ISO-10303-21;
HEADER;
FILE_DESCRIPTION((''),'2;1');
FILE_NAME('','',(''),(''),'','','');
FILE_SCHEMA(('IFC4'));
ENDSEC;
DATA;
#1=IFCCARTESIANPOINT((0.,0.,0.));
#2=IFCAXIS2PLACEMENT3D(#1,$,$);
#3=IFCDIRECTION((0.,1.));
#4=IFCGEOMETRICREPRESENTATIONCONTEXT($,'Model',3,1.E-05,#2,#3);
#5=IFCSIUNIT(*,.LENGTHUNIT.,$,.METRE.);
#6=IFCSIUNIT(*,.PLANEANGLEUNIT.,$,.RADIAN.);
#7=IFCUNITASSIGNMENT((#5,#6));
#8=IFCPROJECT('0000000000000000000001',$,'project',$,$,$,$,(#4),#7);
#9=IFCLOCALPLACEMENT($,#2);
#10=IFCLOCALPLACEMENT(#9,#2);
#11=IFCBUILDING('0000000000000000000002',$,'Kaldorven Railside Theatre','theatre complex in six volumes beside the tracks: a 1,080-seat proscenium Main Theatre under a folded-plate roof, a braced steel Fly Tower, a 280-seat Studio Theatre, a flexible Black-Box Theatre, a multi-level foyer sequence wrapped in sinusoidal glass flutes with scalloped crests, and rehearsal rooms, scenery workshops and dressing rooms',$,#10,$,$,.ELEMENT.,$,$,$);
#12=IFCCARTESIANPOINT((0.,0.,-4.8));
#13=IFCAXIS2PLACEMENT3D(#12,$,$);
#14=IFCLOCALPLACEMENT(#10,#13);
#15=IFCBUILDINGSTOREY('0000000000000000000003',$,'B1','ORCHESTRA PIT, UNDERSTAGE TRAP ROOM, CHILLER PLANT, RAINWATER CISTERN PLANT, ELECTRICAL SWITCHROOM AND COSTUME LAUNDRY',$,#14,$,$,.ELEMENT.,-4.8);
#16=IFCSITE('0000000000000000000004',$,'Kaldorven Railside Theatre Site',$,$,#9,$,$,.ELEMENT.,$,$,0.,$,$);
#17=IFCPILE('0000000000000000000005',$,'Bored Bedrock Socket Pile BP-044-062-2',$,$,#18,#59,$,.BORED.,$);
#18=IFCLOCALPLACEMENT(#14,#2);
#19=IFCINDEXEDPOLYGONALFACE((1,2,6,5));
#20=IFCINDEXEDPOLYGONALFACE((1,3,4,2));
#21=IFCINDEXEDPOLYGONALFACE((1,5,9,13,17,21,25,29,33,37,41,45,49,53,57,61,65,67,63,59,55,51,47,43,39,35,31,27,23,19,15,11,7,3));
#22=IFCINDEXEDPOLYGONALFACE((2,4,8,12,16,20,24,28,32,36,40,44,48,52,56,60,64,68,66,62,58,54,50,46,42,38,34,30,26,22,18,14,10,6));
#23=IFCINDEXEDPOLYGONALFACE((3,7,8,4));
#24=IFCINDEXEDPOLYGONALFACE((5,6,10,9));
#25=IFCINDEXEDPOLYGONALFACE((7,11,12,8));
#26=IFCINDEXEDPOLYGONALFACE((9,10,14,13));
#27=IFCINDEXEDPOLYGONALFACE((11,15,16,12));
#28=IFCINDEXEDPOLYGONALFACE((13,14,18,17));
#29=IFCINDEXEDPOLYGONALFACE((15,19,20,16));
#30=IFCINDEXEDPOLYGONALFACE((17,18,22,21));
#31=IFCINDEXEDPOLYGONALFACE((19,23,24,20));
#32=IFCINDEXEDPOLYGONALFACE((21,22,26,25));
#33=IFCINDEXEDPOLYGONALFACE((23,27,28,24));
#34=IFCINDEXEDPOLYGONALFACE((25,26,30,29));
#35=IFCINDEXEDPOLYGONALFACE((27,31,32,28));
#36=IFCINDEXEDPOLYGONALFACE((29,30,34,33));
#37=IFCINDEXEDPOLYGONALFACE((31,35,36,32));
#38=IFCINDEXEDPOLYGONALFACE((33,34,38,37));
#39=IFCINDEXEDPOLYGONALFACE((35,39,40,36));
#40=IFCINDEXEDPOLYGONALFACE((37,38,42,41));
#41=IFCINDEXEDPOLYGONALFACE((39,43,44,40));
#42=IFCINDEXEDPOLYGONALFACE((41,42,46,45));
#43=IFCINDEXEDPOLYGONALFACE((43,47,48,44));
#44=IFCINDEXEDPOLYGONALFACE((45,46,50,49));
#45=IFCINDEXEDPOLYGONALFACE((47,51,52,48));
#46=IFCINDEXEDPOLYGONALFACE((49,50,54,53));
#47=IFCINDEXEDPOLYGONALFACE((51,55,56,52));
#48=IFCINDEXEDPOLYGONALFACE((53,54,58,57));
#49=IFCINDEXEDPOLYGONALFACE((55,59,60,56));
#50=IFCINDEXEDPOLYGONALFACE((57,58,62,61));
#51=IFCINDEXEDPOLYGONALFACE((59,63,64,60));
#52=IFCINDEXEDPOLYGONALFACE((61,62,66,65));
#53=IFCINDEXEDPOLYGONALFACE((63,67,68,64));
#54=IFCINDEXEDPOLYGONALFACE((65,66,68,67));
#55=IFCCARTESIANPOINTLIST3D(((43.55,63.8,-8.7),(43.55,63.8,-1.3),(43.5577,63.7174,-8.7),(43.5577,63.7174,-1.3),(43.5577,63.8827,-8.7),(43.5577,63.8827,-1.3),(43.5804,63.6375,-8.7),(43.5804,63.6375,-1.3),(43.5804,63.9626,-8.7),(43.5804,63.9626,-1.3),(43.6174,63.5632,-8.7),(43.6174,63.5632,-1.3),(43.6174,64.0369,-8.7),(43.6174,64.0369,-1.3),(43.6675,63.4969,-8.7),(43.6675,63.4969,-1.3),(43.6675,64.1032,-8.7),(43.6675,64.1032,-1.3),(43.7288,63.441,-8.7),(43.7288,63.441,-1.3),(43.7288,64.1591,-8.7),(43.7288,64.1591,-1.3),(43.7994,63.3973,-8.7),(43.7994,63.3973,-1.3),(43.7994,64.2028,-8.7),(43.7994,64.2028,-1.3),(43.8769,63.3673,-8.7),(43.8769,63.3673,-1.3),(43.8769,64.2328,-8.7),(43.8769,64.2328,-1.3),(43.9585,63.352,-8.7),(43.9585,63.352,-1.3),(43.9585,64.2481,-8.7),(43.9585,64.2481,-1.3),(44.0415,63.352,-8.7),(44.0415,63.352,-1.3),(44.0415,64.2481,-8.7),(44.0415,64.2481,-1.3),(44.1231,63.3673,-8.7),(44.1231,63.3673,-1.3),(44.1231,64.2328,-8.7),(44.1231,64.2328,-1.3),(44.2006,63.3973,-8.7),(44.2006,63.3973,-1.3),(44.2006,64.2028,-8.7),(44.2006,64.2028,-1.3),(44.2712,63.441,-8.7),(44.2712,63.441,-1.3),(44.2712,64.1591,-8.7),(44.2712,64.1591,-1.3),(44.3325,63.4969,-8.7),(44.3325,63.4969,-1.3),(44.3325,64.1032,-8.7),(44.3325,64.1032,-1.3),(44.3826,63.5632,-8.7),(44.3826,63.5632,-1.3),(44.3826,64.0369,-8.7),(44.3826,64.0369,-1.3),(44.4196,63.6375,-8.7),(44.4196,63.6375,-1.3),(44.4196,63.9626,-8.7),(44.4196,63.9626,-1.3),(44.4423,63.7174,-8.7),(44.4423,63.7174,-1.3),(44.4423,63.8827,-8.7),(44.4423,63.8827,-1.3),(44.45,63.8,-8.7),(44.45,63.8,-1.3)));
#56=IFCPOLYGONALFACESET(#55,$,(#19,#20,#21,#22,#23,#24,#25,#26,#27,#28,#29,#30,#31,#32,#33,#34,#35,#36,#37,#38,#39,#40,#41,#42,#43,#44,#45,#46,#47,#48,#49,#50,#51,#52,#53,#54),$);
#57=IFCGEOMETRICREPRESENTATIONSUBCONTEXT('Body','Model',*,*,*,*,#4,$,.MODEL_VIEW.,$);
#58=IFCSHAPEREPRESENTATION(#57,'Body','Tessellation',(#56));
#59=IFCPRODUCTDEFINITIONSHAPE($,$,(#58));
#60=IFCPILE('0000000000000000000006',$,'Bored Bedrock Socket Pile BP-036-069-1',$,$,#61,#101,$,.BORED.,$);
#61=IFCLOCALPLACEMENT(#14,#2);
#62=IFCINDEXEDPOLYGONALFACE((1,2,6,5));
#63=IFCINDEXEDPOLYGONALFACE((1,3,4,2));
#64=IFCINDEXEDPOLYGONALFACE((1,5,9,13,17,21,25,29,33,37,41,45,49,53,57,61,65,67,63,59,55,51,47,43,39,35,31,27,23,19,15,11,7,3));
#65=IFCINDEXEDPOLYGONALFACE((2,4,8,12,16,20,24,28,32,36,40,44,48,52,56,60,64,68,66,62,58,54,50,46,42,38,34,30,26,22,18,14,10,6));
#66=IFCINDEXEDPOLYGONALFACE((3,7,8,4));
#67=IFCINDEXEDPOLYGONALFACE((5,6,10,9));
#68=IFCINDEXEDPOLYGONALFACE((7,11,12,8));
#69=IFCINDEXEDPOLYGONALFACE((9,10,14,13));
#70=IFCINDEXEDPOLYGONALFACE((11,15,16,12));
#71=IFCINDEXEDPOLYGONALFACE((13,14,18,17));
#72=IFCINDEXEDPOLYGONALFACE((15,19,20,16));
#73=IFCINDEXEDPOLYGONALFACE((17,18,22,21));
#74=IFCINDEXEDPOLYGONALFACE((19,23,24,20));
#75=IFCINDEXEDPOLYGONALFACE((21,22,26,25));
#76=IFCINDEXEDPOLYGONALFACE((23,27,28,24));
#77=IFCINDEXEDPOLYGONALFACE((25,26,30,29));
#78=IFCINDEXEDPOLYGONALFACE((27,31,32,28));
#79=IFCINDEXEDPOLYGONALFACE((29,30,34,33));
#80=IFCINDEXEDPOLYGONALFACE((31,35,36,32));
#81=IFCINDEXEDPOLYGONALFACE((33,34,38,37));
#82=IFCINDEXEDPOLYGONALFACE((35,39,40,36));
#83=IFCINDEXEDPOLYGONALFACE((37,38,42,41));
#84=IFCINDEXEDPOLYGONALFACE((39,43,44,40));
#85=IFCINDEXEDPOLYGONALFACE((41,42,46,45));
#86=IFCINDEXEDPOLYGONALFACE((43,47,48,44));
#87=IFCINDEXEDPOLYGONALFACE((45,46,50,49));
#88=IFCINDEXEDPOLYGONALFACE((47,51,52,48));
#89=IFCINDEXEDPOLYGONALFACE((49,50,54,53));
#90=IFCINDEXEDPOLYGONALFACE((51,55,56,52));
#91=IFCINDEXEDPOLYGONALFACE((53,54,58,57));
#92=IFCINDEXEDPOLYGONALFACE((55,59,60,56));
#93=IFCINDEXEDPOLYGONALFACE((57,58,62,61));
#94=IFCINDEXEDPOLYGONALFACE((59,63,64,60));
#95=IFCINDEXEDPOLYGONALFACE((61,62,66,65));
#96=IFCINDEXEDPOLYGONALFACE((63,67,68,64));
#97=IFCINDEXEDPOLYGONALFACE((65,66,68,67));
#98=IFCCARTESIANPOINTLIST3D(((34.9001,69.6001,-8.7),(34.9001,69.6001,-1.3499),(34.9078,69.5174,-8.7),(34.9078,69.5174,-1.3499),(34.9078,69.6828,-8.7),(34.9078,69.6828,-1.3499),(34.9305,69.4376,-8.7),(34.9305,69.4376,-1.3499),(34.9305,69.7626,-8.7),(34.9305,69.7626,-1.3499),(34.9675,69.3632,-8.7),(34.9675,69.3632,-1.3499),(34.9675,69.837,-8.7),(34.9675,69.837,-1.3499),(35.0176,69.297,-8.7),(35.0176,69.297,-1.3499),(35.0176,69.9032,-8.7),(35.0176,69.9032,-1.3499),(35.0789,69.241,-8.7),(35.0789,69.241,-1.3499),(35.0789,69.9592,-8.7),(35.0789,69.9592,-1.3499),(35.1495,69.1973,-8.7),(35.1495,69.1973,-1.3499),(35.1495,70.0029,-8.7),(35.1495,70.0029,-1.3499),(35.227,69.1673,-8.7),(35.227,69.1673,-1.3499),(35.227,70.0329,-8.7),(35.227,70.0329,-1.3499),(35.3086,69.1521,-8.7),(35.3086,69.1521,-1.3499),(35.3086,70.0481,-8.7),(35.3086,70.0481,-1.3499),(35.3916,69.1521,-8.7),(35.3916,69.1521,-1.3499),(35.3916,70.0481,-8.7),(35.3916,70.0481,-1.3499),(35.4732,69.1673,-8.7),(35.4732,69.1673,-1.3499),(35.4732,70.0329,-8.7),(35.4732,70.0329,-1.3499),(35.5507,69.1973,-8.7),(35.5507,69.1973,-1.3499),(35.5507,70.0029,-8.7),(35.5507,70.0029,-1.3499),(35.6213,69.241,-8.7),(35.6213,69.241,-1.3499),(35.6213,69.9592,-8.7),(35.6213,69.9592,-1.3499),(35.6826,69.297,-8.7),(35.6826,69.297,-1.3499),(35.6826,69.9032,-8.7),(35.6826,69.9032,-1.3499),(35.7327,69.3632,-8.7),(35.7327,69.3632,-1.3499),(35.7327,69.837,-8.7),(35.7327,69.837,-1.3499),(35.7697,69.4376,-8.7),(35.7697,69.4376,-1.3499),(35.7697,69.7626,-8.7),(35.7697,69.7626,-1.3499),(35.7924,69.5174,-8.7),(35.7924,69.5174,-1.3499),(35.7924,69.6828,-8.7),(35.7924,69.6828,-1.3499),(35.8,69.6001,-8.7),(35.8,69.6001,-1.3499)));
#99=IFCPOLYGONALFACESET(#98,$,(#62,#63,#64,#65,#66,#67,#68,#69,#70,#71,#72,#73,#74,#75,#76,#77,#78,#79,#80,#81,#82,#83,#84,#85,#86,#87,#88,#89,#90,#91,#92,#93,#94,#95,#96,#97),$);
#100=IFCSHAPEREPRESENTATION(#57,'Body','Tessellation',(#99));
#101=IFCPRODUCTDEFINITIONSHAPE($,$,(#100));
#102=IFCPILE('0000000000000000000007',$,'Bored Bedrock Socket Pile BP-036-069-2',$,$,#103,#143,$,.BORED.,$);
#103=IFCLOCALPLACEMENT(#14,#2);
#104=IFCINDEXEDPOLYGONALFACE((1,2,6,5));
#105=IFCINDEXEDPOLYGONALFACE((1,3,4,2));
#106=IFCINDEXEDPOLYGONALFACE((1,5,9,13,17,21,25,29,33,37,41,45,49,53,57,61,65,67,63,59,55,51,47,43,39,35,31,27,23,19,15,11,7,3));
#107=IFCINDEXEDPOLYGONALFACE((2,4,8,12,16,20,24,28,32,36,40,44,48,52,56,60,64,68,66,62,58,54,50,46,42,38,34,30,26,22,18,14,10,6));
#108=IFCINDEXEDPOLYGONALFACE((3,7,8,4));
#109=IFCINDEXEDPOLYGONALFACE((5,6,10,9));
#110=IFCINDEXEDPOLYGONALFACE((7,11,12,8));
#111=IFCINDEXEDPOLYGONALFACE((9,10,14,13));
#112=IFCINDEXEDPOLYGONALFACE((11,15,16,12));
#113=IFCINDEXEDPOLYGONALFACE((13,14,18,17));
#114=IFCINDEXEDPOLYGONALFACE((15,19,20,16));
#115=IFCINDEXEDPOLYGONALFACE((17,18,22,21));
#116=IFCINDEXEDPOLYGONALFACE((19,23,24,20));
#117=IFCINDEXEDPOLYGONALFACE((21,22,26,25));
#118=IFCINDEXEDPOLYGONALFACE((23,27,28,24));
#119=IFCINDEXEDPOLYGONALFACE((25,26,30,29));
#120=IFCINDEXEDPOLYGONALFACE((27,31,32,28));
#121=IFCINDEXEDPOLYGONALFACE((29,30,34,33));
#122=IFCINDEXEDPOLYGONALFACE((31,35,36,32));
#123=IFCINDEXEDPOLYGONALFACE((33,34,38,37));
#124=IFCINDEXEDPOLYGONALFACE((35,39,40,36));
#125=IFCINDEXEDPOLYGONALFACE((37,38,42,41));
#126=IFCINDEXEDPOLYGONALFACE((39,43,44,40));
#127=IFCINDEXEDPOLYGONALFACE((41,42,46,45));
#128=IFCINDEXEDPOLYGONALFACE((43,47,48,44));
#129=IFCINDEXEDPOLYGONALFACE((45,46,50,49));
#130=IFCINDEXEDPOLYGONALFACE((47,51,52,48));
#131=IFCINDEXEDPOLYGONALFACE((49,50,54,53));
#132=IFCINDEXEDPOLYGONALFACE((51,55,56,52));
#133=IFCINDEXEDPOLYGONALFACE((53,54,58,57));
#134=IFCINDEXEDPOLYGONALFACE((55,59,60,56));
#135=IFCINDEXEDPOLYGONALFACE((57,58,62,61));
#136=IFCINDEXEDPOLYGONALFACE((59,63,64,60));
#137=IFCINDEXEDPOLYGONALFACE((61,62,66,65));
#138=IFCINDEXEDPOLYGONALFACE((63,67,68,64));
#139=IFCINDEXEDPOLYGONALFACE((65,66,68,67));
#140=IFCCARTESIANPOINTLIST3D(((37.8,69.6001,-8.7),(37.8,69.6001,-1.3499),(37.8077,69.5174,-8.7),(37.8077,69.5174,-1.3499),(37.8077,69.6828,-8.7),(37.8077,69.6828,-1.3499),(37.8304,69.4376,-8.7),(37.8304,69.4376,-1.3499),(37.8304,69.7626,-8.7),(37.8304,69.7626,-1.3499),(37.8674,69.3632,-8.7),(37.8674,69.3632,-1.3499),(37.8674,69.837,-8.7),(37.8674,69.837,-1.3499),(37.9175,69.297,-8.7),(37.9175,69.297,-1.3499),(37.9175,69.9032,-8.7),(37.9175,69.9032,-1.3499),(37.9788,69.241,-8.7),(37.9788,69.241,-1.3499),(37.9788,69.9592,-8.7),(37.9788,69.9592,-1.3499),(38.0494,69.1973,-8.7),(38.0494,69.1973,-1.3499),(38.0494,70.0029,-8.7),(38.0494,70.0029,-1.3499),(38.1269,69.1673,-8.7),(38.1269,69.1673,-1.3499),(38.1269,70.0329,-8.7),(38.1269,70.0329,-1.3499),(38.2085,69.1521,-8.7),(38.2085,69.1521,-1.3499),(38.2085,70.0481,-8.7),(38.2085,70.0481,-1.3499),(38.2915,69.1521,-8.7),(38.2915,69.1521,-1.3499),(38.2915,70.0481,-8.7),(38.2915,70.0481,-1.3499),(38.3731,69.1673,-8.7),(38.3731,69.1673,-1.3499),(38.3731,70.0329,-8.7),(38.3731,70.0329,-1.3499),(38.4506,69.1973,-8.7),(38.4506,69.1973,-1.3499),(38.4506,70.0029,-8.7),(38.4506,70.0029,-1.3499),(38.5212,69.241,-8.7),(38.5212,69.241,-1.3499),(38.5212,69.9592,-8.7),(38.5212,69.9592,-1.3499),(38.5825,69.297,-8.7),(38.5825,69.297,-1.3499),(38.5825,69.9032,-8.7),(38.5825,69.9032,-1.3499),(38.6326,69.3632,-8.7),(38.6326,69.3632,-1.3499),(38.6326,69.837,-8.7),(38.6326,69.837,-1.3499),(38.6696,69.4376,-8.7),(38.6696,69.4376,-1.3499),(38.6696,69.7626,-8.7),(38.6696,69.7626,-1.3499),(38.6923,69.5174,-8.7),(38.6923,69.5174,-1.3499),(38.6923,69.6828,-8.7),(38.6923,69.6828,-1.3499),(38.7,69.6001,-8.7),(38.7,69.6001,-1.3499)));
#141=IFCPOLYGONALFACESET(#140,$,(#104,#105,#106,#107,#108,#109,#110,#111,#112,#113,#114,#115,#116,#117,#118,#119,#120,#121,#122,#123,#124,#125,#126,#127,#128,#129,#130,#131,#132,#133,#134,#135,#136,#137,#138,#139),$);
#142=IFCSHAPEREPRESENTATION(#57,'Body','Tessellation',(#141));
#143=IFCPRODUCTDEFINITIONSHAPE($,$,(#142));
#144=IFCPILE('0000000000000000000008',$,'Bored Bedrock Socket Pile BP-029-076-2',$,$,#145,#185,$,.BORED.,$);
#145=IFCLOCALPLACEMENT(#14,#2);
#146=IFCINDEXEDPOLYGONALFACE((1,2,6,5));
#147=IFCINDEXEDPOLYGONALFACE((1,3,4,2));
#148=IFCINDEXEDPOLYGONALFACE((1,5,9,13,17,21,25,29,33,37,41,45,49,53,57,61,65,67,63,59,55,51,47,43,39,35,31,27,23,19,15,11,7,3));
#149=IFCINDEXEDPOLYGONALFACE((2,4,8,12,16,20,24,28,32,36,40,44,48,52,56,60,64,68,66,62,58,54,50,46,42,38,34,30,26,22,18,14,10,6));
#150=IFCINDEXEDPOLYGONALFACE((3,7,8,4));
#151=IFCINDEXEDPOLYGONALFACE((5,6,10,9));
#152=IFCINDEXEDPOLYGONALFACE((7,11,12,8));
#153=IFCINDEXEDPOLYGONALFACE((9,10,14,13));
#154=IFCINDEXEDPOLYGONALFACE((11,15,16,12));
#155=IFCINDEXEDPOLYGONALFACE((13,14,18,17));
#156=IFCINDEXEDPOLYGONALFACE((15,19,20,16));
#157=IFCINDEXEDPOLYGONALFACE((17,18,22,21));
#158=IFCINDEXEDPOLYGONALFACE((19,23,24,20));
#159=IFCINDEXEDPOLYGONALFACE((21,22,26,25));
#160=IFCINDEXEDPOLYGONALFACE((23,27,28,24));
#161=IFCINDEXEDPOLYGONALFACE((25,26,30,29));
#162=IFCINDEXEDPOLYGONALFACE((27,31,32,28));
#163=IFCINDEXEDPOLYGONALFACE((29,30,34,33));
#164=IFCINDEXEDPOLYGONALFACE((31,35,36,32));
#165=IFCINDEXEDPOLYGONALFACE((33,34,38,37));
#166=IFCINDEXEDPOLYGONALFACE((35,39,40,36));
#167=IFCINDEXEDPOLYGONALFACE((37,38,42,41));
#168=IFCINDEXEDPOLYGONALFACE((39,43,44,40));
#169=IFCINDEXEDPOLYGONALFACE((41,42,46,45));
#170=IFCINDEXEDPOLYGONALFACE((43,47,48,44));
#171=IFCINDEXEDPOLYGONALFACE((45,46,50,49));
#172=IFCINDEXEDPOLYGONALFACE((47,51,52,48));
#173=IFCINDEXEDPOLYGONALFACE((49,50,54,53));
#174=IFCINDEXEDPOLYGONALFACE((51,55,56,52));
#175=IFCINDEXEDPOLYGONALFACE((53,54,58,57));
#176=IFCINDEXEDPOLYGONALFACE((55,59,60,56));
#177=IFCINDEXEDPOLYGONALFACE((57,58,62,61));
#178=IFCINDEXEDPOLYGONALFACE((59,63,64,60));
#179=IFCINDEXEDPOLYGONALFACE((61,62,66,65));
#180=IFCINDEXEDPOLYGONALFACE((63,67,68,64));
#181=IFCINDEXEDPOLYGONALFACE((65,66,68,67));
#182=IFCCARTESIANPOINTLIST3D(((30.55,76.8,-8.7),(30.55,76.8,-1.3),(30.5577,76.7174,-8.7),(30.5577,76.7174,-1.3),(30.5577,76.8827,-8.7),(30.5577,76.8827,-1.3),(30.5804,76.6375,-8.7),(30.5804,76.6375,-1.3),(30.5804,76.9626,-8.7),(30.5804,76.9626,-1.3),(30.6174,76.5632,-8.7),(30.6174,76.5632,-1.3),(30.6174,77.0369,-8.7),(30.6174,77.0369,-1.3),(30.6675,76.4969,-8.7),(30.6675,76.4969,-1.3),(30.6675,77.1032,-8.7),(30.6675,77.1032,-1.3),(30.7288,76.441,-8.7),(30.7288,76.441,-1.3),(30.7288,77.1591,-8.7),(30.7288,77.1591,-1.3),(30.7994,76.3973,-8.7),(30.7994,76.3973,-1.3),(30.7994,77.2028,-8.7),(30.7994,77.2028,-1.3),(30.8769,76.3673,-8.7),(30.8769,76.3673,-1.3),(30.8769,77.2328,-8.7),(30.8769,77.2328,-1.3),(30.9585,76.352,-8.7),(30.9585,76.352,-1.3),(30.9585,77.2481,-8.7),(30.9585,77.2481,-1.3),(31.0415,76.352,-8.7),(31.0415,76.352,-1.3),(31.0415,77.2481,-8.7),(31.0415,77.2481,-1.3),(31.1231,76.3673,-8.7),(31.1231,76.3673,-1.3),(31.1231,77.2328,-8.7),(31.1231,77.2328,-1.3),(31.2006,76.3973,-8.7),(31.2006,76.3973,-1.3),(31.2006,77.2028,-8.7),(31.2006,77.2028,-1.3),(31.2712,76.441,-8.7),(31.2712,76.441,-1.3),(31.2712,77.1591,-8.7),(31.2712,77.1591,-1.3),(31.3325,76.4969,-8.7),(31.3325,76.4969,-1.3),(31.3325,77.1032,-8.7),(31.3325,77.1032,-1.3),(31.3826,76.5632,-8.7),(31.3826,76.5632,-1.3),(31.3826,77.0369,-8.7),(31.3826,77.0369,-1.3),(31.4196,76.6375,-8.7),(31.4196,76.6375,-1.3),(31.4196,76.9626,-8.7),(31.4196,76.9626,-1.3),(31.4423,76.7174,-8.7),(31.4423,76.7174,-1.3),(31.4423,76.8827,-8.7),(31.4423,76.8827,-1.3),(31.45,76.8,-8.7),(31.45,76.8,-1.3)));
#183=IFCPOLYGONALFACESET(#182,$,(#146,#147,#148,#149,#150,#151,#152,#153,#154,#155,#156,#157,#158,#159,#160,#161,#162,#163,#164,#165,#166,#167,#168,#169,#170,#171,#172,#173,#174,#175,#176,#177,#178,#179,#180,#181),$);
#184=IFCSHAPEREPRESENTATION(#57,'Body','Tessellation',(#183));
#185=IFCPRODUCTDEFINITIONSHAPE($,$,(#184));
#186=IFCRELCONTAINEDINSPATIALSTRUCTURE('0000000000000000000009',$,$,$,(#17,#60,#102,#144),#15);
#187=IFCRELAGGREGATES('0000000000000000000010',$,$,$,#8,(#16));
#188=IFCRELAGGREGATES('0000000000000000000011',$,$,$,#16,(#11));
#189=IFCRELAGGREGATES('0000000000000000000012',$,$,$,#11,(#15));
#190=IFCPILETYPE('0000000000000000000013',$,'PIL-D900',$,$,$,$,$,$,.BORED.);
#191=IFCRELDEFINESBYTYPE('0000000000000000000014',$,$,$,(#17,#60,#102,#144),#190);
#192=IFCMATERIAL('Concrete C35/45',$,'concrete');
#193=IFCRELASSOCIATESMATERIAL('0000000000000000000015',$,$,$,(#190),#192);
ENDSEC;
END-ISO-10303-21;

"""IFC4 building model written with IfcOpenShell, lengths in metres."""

from ifc_helpers import new_model, si_unit, direction, frame, origin, origin_2d, place, context, subcontext, project, spatial, circle, extrude, material, material_profile, profile_set, type_object, element, save


model = new_model("IFC4")

# Units and contexts
model_context = context("Model", 3, precision=1e-05, world=origin(), true_north=direction((0.0, 1.0)))
body_context = subcontext(model_context, "Body", "Model", "MODEL_VIEW")
ifc_project = project(units=[si_unit("LENGTHUNIT", "METRE"), si_unit("PLANEANGLEUNIT", "RADIAN")], contexts=[model_context])

# Site, building, storey
site_placement = place(None, origin())
site = spatial("IfcSite", under=ifc_project, at=site_placement, Name="Kaldorven Railside Theatre Site", CompositionType="ELEMENT", RefElevation=0.0)
building_placement = place(site_placement, origin())
building = spatial("IfcBuilding", under=site, at=building_placement, Name="Kaldorven Railside Theatre", Description="theatre complex in six volumes beside the tracks: a 1,080-seat proscenium Main Theatre under a folded-plate roof, a braced steel Fly Tower, a 280-seat Studio Theatre, a flexible Black-Box Theatre, a multi-level foyer sequence wrapped in sinusoidal glass flutes with scalloped crests, and rehearsal rooms, scenery workshops and dressing rooms", CompositionType="ELEMENT")
storey_placement = place(building_placement, frame((0.0, 0.0, -4.8)))
storey = spatial("IfcBuildingStorey", under=building, at=storey_placement, Name="B1", Description="ORCHESTRA PIT, UNDERSTAGE TRAP ROOM, CHILLER PLANT, RAINWATER CISTERN PLANT, ELECTRICAL SWITCHROOM AND COSTUME LAUNDRY", CompositionType="ELEMENT", Elevation=-4.8)

# Piles
ifc_material_1 = material(Name="Concrete C35/45", Category="concrete")
ifc_material_profile_1 = material_profile(ifc_material_1, circle(Radius=0.45, at=origin_2d()), Name="BP D900")
ifc_profile_set_1 = profile_set([ifc_material_profile_1], Name="Concrete C35/45")
pile_type_1 = type_object("IfcPileType", Name="PIL-D900", PredefinedType="BORED", material=ifc_profile_set_1)
for number, where, z_axis, x_axis, name in (
    (1, (44.0, 63.8, -1.3), (0.0, 0.0, -1.0), (1.0, 0.0, 0.0), "Bored Bedrock Socket Pile BP-044-062-2"),
):
    element("IfcPile", number, at=place(storey_placement, frame(where, z_axis=z_axis, x_axis=x_axis)), inside=storey, type_object=pile_type_1, Name=name, PredefinedType="BORED", context=body_context, shape_type="SweptSolid", body=[
        extrude(circle(Radius=0.45, at=origin_2d()), origin(), (0.0, 0.0, 1.0), 7.3999),
    ])
for number, where, z_axis, x_axis, name in (
    (2, (35.3501, 69.6001, -1.3499), (0.0, 0.0, -1.0), (1.0, 0.0, 0.0), "Bored Bedrock Socket Pile BP-036-069-1"),
    (3, (38.25, 69.6001, -1.3499), (0.0, 0.0, -1.0), (1.0, 0.0, 0.0), "Bored Bedrock Socket Pile BP-036-069-2"),
):
    element("IfcPile", number, at=place(storey_placement, frame(where, z_axis=z_axis, x_axis=x_axis)), inside=storey, type_object=pile_type_1, Name=name, PredefinedType="BORED", context=body_context, shape_type="SweptSolid", body=[
        extrude(circle(Radius=0.45, at=origin_2d()), origin(), (0.0, 0.0, 1.0), 7.3501),
    ])
for number, where, z_axis, x_axis, name in (
    (4, (31.0, 76.8, -1.3), (0.0, 0.0, -1.0), (1.0, 0.0, 0.0), "Bored Bedrock Socket Pile BP-029-076-2"),
):
    element("IfcPile", number, at=place(storey_placement, frame(where, z_axis=z_axis, x_axis=x_axis)), inside=storey, type_object=pile_type_1, Name=name, PredefinedType="BORED", context=body_context, shape_type="SweptSolid", body=[
        extrude(circle(Radius=0.45, at=origin_2d()), origin(), (0.0, 0.0, 1.0), 7.3999),
    ])

save(model, "model.ifc")
